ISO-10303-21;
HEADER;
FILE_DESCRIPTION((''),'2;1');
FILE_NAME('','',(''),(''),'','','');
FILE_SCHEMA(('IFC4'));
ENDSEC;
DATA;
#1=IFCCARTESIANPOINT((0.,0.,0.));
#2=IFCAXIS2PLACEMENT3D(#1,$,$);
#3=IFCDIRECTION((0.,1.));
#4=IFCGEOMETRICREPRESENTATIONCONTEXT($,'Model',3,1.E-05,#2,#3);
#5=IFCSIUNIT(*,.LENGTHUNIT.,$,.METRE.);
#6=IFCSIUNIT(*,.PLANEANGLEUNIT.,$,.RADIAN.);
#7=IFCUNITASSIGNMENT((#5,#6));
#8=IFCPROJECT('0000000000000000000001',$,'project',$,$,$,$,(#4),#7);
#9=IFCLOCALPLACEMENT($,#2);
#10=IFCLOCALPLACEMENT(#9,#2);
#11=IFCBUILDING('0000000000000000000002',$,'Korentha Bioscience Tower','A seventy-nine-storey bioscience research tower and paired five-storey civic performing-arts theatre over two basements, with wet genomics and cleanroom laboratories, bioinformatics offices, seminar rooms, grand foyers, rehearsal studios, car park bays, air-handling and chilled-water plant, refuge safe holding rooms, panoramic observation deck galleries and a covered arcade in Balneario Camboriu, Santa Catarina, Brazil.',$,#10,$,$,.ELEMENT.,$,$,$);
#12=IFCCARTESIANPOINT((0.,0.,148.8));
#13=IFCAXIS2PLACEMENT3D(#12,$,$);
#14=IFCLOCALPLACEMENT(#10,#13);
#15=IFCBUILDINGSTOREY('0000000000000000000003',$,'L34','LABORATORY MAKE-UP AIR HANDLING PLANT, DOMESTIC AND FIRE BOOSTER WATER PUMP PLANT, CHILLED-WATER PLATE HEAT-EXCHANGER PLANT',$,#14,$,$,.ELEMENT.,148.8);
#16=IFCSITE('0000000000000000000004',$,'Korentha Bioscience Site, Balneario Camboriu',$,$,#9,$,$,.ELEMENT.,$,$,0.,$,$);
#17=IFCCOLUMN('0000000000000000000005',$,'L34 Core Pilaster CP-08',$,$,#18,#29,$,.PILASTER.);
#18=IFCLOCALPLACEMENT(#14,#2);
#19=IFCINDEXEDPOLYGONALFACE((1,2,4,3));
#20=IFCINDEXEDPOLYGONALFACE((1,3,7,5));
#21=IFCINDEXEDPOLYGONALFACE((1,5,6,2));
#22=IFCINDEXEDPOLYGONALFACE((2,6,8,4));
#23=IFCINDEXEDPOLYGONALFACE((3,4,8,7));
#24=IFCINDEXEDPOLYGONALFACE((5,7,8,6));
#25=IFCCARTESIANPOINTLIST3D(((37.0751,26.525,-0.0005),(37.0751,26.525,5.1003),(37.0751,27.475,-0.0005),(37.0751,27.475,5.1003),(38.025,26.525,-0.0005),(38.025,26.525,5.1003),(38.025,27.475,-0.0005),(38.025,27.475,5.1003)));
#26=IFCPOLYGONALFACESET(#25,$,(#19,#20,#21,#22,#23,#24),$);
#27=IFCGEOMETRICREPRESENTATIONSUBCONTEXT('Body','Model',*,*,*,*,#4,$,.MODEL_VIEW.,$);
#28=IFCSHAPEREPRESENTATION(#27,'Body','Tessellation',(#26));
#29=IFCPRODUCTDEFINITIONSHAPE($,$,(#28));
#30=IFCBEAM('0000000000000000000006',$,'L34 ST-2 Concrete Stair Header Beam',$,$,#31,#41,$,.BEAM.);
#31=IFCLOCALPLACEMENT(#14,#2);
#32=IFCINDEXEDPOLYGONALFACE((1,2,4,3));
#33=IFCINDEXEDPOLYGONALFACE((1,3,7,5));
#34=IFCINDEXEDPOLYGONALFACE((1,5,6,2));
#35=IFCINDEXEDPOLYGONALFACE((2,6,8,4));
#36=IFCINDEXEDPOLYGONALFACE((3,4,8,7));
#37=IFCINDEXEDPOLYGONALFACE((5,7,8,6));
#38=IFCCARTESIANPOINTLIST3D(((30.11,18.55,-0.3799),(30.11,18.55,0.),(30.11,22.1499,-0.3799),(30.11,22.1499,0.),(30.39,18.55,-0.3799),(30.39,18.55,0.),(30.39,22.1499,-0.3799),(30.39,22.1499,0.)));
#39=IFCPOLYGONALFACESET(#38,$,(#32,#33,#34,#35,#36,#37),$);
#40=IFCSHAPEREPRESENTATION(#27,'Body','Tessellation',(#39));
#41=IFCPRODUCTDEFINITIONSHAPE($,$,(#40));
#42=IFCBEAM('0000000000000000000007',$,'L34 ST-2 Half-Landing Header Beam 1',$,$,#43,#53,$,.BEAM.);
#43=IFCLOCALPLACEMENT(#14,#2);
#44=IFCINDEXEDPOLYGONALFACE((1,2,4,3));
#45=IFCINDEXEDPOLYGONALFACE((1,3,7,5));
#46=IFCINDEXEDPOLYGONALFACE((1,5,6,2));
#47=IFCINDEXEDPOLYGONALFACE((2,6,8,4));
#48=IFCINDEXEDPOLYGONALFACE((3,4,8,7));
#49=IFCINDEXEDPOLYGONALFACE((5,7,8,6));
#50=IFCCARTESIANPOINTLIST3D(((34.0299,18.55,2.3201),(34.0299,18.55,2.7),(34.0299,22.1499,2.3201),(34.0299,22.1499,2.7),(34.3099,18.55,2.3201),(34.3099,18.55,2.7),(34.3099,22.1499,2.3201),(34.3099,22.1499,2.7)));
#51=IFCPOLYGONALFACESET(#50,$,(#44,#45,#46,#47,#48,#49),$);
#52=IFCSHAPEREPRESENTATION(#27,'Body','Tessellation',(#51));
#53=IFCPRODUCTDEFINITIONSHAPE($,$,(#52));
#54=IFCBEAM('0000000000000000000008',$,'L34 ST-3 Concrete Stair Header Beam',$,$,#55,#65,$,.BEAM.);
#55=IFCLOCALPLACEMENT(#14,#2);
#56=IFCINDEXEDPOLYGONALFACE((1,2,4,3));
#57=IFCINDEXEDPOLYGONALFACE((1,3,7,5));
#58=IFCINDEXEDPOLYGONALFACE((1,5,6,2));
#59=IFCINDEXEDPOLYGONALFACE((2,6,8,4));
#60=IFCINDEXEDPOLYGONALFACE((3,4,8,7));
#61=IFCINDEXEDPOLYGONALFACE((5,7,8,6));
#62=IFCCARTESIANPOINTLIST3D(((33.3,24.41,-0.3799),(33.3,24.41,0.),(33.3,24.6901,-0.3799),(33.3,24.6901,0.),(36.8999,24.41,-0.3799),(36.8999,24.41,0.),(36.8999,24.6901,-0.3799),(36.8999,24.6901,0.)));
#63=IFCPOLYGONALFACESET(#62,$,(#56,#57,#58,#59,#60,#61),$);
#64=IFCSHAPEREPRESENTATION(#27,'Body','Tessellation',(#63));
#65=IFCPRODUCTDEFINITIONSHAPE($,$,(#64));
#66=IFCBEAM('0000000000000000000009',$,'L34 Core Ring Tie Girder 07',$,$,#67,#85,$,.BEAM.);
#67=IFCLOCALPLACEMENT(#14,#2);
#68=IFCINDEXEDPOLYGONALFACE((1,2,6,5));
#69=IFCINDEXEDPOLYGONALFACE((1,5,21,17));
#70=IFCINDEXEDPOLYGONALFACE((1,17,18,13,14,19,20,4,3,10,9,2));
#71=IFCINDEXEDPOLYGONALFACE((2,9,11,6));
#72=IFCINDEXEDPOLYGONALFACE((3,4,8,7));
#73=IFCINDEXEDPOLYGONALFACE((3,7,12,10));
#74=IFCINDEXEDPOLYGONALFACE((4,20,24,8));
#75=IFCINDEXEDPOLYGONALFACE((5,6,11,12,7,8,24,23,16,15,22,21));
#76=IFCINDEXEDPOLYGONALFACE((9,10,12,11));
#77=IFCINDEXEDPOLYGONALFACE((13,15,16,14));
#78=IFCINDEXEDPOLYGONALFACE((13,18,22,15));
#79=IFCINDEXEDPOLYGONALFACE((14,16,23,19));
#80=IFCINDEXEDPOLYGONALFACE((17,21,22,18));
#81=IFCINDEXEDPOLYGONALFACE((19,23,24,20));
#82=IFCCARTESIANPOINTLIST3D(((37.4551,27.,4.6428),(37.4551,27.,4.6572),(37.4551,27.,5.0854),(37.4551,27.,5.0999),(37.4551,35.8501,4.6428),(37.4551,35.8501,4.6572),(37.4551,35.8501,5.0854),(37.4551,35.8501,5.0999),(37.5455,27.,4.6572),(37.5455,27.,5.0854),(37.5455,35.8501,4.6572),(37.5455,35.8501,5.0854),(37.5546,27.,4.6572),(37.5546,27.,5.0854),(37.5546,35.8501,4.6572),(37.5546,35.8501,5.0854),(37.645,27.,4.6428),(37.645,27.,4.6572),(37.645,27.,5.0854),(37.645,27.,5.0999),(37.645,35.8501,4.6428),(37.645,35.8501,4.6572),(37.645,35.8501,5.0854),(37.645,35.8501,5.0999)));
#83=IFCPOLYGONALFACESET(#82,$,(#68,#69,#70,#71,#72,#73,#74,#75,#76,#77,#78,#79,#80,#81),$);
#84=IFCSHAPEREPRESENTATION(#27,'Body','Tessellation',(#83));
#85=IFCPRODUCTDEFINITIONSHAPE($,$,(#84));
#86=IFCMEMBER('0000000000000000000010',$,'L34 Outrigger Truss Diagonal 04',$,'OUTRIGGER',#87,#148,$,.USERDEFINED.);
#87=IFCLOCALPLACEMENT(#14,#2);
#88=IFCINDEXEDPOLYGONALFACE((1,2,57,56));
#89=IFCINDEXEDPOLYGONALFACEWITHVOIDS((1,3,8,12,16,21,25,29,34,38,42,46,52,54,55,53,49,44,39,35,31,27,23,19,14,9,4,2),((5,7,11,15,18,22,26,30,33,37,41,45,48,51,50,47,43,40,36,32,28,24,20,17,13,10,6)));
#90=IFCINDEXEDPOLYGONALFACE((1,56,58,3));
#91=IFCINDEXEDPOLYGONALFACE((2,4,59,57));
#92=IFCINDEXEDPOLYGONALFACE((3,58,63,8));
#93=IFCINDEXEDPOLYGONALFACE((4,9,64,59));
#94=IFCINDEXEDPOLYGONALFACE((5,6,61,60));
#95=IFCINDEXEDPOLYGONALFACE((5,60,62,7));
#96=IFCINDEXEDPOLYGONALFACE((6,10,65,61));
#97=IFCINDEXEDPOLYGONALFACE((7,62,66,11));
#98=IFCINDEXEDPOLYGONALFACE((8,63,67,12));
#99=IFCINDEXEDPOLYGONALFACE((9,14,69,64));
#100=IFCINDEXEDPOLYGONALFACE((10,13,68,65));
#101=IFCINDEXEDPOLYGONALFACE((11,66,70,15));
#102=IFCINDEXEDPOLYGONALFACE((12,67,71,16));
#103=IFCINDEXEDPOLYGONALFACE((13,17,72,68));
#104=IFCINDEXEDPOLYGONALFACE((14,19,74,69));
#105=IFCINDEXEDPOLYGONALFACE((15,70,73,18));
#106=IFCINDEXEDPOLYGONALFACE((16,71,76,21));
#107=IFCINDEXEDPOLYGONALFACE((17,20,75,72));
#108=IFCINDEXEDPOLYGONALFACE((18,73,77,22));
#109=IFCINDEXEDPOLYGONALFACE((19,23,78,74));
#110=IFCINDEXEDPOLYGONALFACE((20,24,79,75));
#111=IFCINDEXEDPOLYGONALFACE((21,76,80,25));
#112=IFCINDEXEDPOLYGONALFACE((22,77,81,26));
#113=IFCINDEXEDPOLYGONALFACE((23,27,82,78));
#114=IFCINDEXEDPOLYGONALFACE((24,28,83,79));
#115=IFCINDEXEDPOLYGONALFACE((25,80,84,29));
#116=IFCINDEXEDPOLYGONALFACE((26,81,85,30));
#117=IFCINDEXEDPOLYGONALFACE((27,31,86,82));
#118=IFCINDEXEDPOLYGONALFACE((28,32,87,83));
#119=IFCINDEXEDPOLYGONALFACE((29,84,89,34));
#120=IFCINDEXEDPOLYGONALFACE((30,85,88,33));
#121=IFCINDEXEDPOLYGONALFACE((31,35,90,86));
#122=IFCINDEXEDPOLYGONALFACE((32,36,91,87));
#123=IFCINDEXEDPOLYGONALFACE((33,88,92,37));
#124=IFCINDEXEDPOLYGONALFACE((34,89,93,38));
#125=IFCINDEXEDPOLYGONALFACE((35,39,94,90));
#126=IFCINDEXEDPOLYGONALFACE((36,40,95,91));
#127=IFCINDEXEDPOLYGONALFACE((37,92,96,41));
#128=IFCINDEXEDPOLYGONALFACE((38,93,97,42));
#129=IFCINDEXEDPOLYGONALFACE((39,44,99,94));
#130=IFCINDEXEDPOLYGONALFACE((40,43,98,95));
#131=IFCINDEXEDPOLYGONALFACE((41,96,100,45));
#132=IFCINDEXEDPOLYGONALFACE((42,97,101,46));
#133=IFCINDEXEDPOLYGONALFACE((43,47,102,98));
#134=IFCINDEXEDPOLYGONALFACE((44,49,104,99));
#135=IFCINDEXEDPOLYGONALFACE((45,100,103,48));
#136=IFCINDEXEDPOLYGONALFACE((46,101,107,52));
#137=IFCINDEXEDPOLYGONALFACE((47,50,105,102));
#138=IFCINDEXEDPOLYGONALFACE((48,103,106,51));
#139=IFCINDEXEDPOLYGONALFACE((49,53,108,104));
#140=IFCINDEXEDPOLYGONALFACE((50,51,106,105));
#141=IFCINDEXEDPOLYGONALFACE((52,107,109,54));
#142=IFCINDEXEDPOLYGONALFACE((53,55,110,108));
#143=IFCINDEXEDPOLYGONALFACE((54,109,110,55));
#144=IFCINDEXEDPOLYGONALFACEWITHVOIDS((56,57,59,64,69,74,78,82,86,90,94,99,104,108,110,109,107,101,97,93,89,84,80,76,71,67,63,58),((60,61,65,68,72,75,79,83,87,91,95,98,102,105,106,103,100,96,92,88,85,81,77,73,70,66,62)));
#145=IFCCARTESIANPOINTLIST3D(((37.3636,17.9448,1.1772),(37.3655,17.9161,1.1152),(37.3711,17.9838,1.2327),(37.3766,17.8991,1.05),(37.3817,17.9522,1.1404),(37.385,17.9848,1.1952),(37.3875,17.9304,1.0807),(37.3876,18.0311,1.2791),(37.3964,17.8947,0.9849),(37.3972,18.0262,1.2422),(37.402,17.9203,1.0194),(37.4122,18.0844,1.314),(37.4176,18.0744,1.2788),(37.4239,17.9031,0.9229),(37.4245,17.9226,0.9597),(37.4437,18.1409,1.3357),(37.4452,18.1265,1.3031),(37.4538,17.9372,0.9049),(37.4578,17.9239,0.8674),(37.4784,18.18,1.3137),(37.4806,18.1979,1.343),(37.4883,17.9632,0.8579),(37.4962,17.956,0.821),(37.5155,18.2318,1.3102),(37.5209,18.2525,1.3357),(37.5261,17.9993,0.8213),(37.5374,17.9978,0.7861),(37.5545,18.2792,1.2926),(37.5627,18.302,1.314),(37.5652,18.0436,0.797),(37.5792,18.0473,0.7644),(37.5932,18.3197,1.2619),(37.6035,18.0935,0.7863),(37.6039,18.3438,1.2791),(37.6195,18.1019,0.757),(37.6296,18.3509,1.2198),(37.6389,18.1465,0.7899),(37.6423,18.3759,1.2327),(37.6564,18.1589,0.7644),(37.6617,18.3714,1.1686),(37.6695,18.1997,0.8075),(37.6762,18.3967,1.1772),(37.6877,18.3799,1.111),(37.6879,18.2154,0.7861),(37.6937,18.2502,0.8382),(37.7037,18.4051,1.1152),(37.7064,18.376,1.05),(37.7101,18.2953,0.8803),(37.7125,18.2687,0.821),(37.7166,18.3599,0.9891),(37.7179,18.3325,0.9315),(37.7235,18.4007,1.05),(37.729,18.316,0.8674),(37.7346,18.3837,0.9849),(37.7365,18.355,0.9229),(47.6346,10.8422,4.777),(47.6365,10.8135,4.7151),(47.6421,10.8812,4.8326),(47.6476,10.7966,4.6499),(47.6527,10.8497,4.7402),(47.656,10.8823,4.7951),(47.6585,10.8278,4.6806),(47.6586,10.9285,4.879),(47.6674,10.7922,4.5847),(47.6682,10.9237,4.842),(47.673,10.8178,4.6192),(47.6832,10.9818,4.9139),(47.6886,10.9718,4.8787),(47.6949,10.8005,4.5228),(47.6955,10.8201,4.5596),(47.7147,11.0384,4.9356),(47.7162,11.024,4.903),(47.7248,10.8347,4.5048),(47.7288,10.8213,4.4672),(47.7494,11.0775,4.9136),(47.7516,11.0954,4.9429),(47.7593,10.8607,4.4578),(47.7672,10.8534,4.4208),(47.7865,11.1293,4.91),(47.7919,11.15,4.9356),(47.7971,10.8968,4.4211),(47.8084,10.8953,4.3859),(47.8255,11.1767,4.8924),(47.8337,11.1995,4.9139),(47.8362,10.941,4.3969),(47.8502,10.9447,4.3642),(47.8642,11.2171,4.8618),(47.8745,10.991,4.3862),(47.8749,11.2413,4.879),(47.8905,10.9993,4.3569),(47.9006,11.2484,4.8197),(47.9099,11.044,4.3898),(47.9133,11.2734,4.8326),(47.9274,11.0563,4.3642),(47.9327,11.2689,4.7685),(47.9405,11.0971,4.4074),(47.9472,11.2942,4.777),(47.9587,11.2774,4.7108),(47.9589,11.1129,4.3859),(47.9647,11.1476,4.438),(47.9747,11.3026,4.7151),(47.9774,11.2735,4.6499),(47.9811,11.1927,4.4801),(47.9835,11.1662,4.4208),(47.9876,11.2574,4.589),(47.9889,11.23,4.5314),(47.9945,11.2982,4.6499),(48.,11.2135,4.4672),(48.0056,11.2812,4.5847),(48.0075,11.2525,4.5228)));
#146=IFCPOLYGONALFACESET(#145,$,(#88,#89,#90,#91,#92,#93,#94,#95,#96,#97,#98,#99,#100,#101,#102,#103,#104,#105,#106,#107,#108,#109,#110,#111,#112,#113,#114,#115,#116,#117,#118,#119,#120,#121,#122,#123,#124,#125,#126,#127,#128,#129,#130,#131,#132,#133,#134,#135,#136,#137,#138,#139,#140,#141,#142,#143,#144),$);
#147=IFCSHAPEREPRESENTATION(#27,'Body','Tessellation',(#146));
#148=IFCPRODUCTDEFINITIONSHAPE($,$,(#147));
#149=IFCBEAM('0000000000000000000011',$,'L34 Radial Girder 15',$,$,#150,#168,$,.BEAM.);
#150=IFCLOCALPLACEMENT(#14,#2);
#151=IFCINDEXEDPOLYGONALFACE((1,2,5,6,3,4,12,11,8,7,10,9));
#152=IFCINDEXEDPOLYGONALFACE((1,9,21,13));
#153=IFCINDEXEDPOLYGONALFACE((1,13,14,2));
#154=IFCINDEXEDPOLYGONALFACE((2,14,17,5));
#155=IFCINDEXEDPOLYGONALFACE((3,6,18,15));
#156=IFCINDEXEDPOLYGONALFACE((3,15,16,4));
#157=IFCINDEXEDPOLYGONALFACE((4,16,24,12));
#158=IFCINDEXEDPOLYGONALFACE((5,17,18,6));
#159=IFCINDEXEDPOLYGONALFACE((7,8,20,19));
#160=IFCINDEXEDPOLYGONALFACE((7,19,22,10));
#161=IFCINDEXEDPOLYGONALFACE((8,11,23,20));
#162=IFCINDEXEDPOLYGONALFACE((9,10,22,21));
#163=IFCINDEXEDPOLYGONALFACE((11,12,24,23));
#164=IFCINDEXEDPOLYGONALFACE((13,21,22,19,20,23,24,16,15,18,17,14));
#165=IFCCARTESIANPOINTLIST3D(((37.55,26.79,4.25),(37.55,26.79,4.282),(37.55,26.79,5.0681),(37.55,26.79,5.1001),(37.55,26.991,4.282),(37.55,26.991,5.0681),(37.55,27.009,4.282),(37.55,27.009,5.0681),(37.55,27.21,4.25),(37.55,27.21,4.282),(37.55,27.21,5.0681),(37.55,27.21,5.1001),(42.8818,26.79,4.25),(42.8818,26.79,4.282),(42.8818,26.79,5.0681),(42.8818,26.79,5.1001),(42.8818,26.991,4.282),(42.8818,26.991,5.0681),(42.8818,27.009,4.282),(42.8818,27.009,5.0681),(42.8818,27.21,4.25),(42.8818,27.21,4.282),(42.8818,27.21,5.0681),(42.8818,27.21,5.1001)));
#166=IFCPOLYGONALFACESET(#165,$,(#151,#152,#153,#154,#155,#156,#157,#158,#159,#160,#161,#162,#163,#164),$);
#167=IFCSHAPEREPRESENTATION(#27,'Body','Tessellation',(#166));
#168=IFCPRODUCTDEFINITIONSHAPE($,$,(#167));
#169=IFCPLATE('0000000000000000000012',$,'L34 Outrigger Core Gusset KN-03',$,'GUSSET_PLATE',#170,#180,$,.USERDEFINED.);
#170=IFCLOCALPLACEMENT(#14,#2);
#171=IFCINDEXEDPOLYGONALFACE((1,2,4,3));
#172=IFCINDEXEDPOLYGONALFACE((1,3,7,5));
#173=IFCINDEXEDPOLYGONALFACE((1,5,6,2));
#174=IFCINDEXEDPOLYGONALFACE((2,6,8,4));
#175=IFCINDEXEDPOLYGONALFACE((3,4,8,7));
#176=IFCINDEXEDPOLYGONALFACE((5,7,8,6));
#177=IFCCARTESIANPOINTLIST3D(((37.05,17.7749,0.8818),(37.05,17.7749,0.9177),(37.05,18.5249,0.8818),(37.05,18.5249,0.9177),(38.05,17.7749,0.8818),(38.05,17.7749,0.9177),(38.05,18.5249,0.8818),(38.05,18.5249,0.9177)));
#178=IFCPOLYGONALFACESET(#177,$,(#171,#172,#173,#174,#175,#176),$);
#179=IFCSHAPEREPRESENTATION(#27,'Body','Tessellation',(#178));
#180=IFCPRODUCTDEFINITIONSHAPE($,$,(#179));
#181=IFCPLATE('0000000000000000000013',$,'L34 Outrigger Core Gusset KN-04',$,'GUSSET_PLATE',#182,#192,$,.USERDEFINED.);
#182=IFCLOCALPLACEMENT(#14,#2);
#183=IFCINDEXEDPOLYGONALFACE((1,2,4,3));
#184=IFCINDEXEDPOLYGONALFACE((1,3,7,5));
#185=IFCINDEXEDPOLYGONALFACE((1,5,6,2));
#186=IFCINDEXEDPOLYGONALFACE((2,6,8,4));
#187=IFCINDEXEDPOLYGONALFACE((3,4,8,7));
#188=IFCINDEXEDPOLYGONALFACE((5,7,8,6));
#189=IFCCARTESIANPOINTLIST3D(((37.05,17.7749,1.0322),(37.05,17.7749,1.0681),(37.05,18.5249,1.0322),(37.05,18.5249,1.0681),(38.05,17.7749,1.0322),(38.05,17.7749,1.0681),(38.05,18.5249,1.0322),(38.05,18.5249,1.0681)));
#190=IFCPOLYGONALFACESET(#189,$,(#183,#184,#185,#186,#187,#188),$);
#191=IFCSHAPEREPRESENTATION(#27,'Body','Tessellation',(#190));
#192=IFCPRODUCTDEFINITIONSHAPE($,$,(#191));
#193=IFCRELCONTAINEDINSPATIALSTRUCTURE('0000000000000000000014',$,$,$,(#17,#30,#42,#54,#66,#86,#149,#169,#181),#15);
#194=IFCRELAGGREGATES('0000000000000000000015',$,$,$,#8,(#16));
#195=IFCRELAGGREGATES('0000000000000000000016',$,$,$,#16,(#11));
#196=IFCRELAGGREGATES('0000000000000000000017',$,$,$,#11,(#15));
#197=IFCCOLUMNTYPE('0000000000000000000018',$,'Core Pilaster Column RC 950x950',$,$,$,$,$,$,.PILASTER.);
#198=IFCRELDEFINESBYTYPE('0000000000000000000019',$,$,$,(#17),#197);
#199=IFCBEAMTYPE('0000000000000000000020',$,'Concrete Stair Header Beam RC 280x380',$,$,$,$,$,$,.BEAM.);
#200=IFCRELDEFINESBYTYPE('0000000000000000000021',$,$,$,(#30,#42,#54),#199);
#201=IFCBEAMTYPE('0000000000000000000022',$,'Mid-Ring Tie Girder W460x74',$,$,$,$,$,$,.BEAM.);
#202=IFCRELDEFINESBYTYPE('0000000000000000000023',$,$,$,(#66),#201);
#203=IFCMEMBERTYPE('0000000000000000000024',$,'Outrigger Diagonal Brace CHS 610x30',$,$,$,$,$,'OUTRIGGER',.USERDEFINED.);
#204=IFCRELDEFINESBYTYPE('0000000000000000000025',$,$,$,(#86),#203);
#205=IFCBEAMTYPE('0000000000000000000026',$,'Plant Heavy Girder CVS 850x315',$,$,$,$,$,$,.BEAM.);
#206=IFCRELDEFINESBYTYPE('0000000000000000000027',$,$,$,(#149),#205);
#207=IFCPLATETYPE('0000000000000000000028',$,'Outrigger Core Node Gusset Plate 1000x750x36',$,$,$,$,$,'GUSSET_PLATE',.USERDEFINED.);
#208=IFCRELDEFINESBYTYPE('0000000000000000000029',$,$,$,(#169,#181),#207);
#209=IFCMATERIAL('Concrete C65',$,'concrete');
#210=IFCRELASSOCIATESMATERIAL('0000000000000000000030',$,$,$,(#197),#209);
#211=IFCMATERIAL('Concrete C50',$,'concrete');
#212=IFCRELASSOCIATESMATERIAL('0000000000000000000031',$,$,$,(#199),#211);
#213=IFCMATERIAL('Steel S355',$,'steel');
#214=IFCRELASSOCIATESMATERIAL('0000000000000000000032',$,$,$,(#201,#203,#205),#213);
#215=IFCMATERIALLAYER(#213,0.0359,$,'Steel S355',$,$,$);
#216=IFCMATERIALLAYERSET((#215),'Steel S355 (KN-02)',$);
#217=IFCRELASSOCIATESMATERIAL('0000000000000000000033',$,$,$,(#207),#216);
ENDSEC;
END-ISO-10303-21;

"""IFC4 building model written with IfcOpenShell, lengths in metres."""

from ifc_helpers import new_model, si_unit, direction, frame, origin, origin_2d, place, context, subcontext, project, spatial, rectangle, hollow_circle, i_section, extrude, material, layer, layer_set, material_profile, profile_set, type_object, element, save


model = new_model("IFC4")

# Units and contexts
model_context = context("Model", 3, precision=1e-05, world=origin(), true_north=direction((0.0, 1.0)))
body_context = subcontext(model_context, "Body", "Model", "MODEL_VIEW")
ifc_project = project(units=[si_unit("LENGTHUNIT", "METRE"), si_unit("PLANEANGLEUNIT", "RADIAN")], contexts=[model_context])

# Site, building, storey
site_placement = place(None, origin())
site = spatial("IfcSite", under=ifc_project, at=site_placement, Name="Korentha Bioscience Site, Balneario Camboriu", CompositionType="ELEMENT", RefElevation=0.0)
building_placement = place(site_placement, origin())
building = spatial("IfcBuilding", under=site, at=building_placement, Name="Korentha Bioscience Tower", Description="A seventy-nine-storey bioscience research tower and paired five-storey civic performing-arts theatre over two basements, with wet genomics and cleanroom laboratories, bioinformatics offices, seminar rooms, grand foyers, rehearsal studios, car park bays, air-handling and chilled-water plant, refuge safe holding rooms, panoramic observation deck galleries and a covered arcade in Balneario Camboriu, Santa Catarina, Brazil.", CompositionType="ELEMENT")
storey_placement = place(building_placement, frame((0.0, 0.0, 148.8)))
storey = spatial("IfcBuildingStorey", under=building, at=storey_placement, Name="L34", Description="LABORATORY MAKE-UP AIR HANDLING PLANT, DOMESTIC AND FIRE BOOSTER WATER PUMP PLANT, CHILLED-WATER PLATE HEAT-EXCHANGER PLANT", CompositionType="ELEMENT", Elevation=148.8)

# Column
ifc_material_1 = material(Name="Concrete C65", Category="concrete")
ifc_material_profile_1 = material_profile(ifc_material_1, rectangle(XDim=0.95, YDim=0.95, at=origin_2d()), Name="Concrete C65")
ifc_profile_set_1 = profile_set([ifc_material_profile_1], Name="Concrete C65 (COL-CP09)")
column_type = type_object("IfcColumnType", Name="Core Pilaster Column RC 950x950", PredefinedType="PILASTER", material=ifc_profile_set_1)
column_placement = place(storey_placement, frame((37.55, 27.0, -0.0005), z_axis=(0.0, 0.0, 1.0), x_axis=(1.0, 0.0, 0.0)))
element("IfcColumn", 1, at=column_placement, inside=storey, type_object=column_type, Name="L34 Core Pilaster CP-08", PredefinedType="PILASTER", context=body_context, shape_type="SweptSolid", body=[
    extrude(rectangle(XDim=0.95, YDim=0.95, at=origin_2d()), origin(), (0.0, 0.0, 1.0), 5.1008),
])

# Beams
ifc_material_2 = material(Name="Concrete C50", Category="concrete")
ifc_material_profile_2 = material_profile(ifc_material_2, rectangle(XDim=0.28, YDim=0.3799, at=origin_2d()), Name="Concrete C50")
ifc_profile_set_2 = profile_set([ifc_material_profile_2], Name="Concrete C50 (ST-HB380)")
beam_type_1 = type_object("IfcBeamType", Name="Concrete Stair Header Beam RC 280x380", PredefinedType="BEAM", material=ifc_profile_set_2)
for number, where, z_axis, x_axis, name in (
    (2, (30.25, 18.55, -0.1899), (0.0, 1.0, 0.0), (-1.0, 0.0, 0.0), "L34 ST-2 Concrete Stair Header Beam"),
    (3, (34.1699, 18.55, 2.51), (0.0, 1.0, 0.0), (-1.0, 0.0, 0.0), "L34 ST-2 Half-Landing Header Beam 1"),
    (4, (36.8999, 24.55, -0.1899), (-1.0, 0.0, 0.0), (0.0, -1.0, 0.0), "L34 ST-3 Concrete Stair Header Beam"),
):
    element("IfcBeam", number, at=place(storey_placement, frame(where, z_axis=z_axis, x_axis=x_axis)), inside=storey, type_object=beam_type_1, Name=name, PredefinedType="BEAM", context=body_context, shape_type="SweptSolid", body=[
        extrude(rectangle(XDim=0.28, YDim=0.3799, at=origin_2d()), origin(), (0.0, 0.0, 1.0), 3.5999),
    ])
ifc_material_3 = material(Name="Steel S355", Category="steel")
ifc_material_profile_3 = material_profile(ifc_material_3, i_section(OverallWidth=0.1899, OverallDepth=0.457, WebThickness=0.009, FlangeThickness=0.0144, at=origin_2d()), Name="Steel S355")
ifc_profile_set_3 = profile_set([ifc_material_profile_3], Name="Steel S355 (MB-460)")
beam_type_2 = type_object("IfcBeamType", Name="Mid-Ring Tie Girder W460x74", PredefinedType="BEAM", material=ifc_profile_set_3)
beam_1_placement = place(storey_placement, frame((37.55, 27.0, 4.8713), z_axis=(0.0, 1.0, 0.0), x_axis=(-1.0, 0.0, 0.0)))
element("IfcBeam", 5, at=beam_1_placement, inside=storey, type_object=beam_type_2, Name="L34 Core Ring Tie Girder 07", PredefinedType="BEAM", context=body_context, shape_type="SweptSolid", body=[
    extrude(i_section(OverallWidth=0.1899, OverallDepth=0.457, WebThickness=0.009, FlangeThickness=0.0144, at=origin_2d()), origin(), (0.0, 0.0, 1.0), 8.8501),
])

# Member
ifc_material_profile_4 = material_profile(ifc_material_3, hollow_circle(Radius=0.3049, WallThickness=0.03, at=origin_2d()), Name="Steel S355")
ifc_profile_set_4 = profile_set([ifc_material_profile_4], Name="Steel S355 (OU-610)")
member_type = type_object("IfcMemberType", Name="Outrigger Diagonal Brace CHS 610x30", ElementType="OUTRIGGER", PredefinedType="USERDEFINED", material=ifc_profile_set_4)
member_placement = place(storey_placement, frame((37.55, 18.1499, 1.05), z_axis=(0.790314, -0.546514, 0.276995), x_axis=(0.568769, 0.822498, 0.0)))
element("IfcMember", 6, at=member_placement, inside=storey, type_object=member_type, Name="L34 Outrigger Truss Diagonal 04", ObjectType="OUTRIGGER", PredefinedType="USERDEFINED", context=body_context, shape_type="SweptSolid", body=[
    extrude(hollow_circle(Radius=0.3049, WallThickness=0.03, at=origin_2d()), origin(), (0.0, 0.0, 1.0), 12.9961),
])

# Beam
ifc_material_profile_5 = material_profile(ifc_material_3, i_section(OverallWidth=0.4199, OverallDepth=0.8501, WebThickness=0.0181, FlangeThickness=0.032, at=origin_2d()), Name="Steel S355")
ifc_profile_set_5 = profile_set([ifc_material_profile_5], Name="Steel S355 (MB-850)")
beam_type_3 = type_object("IfcBeamType", Name="Plant Heavy Girder CVS 850x315", PredefinedType="BEAM", material=ifc_profile_set_5)
beam_2_placement = place(storey_placement, frame((37.55, 27.0, 4.675), z_axis=(1.0, 0.0, 0.0), x_axis=(0.0, 1.0, 0.0)))
element("IfcBeam", 7, at=beam_2_placement, inside=storey, type_object=beam_type_3, Name="L34 Radial Girder 15", PredefinedType="BEAM", context=body_context, shape_type="SweptSolid", body=[
    extrude(i_section(OverallWidth=0.4199, OverallDepth=0.8501, WebThickness=0.0181, FlangeThickness=0.032, at=origin_2d()), origin(), (0.0, 0.0, 1.0), 5.3318),
])

# Plates
ifc_layer_1 = layer(ifc_material_3, 0.0359, Name="Steel S355")
ifc_layer_set_1 = layer_set([ifc_layer_1], Name="Steel S355 (KN-02)")
plate_type = type_object("IfcPlateType", Name="Outrigger Core Node Gusset Plate 1000x750x36", ElementType="GUSSET_PLATE", PredefinedType="USERDEFINED", material=ifc_layer_set_1)
for number, where, z_axis, x_axis, name in (
    (8, (37.55, 18.1499, 0.8818), (0.0, 0.0, 1.0), (1.0, 0.0, 0.0), "L34 Outrigger Core Gusset KN-03"),
    (9, (37.55, 18.1499, 1.0322), (0.0, 0.0, 1.0), (1.0, 0.0, 0.0), "L34 Outrigger Core Gusset KN-04"),
):
    element("IfcPlate", number, at=place(storey_placement, frame(where, z_axis=z_axis, x_axis=x_axis)), inside=storey, type_object=plate_type, Name=name, ObjectType="GUSSET_PLATE", PredefinedType="USERDEFINED", context=body_context, shape_type="SweptSolid", body=[
        extrude(rectangle(XDim=1.0, YDim=0.75, at=origin_2d()), origin(), (0.0, 0.0, 1.0), 0.0359),
    ])

save(model, "model.ifc")
